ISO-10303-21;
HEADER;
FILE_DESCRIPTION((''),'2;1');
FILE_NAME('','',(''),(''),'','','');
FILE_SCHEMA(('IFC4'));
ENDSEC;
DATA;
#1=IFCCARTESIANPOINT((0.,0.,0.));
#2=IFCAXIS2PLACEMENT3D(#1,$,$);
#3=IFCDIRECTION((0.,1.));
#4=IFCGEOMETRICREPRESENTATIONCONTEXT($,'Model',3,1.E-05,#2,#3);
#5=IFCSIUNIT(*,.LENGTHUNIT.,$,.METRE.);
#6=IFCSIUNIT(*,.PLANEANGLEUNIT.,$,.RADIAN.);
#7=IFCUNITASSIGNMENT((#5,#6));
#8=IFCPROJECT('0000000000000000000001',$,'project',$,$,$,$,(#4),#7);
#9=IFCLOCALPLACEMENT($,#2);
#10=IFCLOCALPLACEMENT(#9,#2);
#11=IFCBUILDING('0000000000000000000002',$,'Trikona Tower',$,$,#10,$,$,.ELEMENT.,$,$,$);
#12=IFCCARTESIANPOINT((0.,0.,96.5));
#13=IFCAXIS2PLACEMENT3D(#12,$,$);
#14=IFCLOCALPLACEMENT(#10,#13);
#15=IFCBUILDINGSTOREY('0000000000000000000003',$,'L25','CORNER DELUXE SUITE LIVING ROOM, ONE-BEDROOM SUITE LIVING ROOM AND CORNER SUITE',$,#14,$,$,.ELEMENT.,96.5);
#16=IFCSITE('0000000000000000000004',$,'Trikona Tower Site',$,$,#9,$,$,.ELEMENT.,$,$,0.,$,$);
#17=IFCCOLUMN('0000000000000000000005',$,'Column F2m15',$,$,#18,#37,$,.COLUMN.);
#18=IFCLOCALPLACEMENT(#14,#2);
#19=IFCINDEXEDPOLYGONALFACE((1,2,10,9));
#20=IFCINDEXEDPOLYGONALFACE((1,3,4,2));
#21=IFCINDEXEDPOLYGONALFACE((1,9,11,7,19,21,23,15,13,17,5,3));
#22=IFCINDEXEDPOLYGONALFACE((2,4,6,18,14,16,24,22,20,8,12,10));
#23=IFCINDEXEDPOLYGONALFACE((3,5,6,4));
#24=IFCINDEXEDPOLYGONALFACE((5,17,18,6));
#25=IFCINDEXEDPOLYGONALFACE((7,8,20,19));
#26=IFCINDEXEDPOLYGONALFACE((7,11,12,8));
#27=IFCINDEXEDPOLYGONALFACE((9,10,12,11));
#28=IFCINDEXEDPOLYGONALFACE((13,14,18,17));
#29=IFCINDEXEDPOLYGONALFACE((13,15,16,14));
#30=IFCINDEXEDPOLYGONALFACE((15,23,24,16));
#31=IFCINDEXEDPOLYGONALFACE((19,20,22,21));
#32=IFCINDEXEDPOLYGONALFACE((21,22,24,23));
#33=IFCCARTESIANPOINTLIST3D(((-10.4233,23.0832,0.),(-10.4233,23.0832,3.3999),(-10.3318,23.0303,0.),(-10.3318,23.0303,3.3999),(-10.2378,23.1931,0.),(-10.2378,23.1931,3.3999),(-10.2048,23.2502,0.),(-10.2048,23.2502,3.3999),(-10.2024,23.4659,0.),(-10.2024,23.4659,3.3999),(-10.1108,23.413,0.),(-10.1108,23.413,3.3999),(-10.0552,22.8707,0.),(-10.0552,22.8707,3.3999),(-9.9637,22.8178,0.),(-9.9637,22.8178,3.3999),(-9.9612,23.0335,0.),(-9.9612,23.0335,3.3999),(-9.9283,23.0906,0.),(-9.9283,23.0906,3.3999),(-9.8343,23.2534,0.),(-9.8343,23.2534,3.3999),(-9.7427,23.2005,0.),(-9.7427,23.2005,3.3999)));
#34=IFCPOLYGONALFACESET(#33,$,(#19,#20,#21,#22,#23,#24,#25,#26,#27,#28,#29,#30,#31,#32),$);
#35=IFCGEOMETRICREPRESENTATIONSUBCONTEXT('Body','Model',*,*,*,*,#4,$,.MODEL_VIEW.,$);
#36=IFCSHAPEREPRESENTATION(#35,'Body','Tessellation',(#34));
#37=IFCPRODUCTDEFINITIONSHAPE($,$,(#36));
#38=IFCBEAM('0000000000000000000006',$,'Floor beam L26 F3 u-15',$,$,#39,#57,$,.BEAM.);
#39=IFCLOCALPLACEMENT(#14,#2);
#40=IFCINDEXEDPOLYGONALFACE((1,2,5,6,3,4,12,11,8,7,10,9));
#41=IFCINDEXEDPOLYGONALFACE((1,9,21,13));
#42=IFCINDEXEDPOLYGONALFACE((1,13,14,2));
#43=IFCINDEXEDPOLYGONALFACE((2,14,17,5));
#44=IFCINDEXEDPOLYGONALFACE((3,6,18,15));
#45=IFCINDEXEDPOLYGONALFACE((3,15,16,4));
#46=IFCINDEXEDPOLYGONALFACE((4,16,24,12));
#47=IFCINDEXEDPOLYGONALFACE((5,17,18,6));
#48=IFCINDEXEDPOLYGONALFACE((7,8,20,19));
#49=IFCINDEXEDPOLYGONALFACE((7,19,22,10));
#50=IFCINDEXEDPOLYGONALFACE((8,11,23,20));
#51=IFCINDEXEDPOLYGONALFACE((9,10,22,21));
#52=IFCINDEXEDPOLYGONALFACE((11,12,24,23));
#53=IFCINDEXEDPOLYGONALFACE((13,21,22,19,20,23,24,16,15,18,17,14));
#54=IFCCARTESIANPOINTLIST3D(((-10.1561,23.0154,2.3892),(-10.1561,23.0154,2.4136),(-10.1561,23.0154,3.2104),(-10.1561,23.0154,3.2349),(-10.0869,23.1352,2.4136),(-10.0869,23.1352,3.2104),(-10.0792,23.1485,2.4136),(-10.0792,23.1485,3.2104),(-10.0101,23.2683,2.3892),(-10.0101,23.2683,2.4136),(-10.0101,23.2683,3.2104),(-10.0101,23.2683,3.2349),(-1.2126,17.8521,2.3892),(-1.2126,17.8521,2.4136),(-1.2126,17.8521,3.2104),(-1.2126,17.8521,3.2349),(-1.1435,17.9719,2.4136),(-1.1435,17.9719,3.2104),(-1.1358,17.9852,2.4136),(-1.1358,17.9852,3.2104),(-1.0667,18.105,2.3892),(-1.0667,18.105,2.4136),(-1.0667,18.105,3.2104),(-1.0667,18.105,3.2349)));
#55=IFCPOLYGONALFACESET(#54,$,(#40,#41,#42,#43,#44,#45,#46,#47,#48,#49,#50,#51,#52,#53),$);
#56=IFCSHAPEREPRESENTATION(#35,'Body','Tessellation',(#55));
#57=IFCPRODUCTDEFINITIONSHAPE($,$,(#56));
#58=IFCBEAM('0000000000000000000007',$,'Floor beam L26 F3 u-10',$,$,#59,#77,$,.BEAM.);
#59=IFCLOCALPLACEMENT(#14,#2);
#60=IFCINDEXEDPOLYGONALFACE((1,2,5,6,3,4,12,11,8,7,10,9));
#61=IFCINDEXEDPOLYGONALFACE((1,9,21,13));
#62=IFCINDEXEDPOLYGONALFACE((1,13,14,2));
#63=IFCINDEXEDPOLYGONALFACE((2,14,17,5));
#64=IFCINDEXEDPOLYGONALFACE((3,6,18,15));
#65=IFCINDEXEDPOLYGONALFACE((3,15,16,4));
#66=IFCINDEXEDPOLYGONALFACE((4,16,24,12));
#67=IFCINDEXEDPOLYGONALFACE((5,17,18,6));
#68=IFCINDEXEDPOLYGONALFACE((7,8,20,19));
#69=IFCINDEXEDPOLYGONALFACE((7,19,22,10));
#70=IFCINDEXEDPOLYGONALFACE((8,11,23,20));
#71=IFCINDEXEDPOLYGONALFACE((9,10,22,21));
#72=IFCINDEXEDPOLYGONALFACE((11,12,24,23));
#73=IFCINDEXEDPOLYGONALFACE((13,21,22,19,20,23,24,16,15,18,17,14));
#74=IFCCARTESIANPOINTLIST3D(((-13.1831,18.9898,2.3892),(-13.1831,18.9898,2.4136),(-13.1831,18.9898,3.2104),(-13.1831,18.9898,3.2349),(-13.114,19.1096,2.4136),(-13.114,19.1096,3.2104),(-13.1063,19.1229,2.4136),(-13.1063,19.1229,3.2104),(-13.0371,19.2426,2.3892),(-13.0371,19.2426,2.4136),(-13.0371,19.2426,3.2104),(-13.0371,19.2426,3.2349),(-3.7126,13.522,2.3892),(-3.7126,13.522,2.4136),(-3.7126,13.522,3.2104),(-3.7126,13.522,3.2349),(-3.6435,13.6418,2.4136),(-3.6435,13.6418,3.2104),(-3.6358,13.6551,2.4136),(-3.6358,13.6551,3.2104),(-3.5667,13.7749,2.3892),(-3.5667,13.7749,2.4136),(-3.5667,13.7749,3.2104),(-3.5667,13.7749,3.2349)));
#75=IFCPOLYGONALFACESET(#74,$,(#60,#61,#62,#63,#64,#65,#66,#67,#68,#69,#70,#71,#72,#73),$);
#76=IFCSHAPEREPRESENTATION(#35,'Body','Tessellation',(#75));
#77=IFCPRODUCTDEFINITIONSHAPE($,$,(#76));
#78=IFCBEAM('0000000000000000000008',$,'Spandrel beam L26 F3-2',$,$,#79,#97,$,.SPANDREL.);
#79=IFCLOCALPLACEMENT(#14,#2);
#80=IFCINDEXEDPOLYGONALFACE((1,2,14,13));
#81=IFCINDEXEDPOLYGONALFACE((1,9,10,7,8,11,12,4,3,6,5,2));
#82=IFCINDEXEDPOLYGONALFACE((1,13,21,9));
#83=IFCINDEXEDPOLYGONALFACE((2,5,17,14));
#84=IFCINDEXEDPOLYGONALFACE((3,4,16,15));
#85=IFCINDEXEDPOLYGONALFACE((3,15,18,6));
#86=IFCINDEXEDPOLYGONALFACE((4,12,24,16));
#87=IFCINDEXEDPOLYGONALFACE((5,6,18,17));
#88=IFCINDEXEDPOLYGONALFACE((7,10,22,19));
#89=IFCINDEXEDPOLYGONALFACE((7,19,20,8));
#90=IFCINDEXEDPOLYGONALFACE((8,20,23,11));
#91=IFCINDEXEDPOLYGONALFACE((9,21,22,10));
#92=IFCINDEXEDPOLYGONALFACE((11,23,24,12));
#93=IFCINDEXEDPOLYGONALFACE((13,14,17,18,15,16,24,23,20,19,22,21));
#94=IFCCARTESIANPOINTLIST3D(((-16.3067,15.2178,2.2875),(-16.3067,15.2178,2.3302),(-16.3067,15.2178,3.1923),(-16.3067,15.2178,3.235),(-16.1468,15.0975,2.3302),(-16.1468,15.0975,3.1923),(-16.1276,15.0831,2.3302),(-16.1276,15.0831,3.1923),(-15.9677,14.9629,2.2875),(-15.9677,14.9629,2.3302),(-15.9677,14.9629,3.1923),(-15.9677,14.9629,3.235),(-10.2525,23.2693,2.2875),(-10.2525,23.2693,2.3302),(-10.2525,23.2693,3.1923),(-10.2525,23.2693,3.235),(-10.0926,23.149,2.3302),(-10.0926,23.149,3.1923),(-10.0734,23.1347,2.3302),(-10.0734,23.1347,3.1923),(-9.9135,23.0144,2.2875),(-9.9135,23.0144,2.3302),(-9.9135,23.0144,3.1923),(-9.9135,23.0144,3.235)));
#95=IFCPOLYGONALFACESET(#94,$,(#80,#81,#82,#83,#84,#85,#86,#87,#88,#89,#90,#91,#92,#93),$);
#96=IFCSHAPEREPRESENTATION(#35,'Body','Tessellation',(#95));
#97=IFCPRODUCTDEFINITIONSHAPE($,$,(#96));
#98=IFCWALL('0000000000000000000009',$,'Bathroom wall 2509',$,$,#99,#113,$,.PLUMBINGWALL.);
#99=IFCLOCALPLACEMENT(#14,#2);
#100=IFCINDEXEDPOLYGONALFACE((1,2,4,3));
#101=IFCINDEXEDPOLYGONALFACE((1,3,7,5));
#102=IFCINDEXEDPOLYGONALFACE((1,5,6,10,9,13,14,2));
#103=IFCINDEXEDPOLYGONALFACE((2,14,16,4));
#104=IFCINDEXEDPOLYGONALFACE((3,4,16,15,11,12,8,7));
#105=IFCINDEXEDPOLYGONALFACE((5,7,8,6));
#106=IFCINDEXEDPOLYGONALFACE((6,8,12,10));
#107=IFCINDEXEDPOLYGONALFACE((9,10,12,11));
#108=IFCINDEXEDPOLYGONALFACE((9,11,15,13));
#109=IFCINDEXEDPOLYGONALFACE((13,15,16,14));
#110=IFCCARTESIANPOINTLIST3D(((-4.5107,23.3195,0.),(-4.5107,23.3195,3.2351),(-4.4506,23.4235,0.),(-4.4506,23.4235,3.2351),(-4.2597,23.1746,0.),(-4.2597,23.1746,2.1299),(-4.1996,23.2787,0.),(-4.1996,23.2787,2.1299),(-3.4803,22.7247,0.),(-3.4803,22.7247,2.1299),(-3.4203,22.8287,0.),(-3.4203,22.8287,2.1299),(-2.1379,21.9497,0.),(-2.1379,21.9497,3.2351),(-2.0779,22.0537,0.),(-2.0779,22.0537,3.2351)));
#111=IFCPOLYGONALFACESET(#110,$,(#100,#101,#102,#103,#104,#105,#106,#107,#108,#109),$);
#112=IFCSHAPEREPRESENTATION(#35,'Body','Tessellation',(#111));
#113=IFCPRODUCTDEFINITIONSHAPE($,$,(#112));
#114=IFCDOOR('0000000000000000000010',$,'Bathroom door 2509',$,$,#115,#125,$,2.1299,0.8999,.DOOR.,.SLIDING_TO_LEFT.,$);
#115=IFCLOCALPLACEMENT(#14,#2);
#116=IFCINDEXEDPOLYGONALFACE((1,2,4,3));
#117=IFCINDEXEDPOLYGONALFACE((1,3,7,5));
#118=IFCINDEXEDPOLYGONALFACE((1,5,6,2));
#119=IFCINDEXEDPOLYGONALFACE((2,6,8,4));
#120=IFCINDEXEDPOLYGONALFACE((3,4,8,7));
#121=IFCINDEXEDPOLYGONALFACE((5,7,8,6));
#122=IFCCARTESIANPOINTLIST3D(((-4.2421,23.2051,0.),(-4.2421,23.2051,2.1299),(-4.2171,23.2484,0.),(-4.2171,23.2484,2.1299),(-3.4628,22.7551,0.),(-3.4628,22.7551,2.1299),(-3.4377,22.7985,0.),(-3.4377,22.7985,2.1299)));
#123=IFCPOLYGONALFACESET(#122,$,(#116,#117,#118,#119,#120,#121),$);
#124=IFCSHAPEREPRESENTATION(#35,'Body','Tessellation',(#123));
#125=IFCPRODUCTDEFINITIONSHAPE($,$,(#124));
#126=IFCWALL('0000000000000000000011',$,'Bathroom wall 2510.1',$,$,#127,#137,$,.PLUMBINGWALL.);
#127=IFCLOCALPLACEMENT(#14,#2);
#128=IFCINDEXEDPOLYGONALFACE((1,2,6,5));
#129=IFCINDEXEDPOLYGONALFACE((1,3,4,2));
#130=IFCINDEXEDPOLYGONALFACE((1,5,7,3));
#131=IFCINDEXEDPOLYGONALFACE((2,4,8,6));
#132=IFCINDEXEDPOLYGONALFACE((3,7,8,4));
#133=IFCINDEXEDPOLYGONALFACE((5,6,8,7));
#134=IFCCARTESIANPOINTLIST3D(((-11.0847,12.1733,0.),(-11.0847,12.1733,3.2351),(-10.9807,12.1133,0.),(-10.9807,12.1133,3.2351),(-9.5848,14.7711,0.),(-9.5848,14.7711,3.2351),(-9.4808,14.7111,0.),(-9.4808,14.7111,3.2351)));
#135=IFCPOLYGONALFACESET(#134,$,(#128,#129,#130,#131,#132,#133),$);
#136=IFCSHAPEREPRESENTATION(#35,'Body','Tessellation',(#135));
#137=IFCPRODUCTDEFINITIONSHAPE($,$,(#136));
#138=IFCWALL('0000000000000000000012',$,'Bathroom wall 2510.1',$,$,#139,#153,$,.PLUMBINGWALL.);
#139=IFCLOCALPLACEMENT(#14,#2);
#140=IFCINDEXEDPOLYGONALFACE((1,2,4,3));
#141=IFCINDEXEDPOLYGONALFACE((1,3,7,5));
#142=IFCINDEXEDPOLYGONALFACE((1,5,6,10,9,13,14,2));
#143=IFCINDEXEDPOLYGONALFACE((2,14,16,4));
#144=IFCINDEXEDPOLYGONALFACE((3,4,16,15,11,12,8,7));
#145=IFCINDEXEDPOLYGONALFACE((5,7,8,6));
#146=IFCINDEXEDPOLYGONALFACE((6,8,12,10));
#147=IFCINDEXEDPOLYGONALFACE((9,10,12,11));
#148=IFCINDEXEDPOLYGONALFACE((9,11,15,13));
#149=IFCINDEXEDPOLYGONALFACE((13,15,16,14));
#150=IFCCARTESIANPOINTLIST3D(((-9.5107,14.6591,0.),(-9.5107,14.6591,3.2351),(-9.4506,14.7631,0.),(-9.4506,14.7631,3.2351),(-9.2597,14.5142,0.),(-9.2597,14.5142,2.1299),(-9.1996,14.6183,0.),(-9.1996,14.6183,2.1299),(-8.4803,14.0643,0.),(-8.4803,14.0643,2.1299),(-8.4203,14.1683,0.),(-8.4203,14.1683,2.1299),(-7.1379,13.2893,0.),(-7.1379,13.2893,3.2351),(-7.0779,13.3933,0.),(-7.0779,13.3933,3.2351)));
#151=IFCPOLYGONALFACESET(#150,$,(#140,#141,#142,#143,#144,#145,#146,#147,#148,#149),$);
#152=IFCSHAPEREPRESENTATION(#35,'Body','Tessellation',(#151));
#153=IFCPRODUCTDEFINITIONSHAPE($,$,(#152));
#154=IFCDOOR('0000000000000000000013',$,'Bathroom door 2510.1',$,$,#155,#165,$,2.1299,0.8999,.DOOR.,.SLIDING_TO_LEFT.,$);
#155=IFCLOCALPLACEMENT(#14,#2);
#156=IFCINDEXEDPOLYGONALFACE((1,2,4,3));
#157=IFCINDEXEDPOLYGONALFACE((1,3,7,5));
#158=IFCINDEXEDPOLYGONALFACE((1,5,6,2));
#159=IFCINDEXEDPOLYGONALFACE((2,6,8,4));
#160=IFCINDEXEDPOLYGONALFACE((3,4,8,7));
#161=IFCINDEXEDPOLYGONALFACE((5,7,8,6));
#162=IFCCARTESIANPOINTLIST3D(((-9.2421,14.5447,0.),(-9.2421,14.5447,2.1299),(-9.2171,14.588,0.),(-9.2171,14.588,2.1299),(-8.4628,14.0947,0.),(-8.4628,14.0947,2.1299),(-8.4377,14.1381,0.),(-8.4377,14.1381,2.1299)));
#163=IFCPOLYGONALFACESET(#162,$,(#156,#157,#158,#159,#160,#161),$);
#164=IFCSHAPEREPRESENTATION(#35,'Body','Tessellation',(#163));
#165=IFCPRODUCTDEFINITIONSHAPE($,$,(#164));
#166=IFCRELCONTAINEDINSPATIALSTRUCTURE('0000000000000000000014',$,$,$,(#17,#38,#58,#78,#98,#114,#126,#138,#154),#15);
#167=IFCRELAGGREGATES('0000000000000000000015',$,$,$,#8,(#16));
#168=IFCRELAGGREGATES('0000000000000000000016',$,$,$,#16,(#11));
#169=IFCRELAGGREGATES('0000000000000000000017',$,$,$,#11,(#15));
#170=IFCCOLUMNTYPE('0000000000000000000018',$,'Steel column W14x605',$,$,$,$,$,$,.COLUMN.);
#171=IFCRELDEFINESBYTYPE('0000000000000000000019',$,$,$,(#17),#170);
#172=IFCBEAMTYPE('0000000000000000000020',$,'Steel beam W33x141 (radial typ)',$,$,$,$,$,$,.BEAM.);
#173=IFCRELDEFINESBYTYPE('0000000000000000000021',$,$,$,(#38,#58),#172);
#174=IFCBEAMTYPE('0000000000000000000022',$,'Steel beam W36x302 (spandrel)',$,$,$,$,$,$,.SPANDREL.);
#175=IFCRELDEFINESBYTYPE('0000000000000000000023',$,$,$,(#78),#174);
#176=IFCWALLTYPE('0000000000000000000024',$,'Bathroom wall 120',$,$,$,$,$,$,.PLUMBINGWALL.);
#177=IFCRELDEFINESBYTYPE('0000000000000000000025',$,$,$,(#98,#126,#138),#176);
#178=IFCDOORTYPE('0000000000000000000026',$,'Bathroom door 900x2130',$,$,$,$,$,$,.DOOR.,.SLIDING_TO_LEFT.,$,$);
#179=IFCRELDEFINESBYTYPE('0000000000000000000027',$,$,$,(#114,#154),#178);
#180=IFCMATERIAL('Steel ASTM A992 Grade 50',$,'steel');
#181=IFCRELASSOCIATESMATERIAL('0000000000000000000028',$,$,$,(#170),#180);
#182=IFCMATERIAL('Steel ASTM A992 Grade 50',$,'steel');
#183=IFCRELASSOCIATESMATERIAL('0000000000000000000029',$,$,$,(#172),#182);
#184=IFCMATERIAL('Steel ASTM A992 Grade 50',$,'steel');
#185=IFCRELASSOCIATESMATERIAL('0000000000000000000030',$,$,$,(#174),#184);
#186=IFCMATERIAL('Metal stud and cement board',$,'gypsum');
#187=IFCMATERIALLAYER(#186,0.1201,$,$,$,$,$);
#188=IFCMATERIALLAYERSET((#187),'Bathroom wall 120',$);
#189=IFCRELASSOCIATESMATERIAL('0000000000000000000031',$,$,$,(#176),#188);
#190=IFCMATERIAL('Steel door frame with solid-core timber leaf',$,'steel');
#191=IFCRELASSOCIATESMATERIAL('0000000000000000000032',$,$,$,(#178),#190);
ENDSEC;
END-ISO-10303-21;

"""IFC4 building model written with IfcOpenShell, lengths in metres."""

from ifc_helpers import new_model, si_unit, direction, frame, frame_2d, origin, origin_2d, place, context, subcontext, project, spatial, rectangle, i_section, extrude, material, layer, layer_set, material_profile, profile_set, type_object, element, fill, save


model = new_model("IFC4")

# Units and contexts
model_context = context("Model", 3, precision=1e-05, world=origin(), true_north=direction((0.0, 1.0)))
body_context = subcontext(model_context, "Body", "Model", "MODEL_VIEW")
ifc_project = project(units=[si_unit("LENGTHUNIT", "METRE"), si_unit("PLANEANGLEUNIT", "RADIAN")], contexts=[model_context])

# Site, building, storey
site_placement = place(None, origin())
site = spatial("IfcSite", under=ifc_project, at=site_placement, Name="Trikona Tower Site", CompositionType="ELEMENT", RefElevation=0.0)
building_placement = place(site_placement, origin())
building = spatial("IfcBuilding", under=site, at=building_placement, Name="Trikona Tower", CompositionType="ELEMENT")
storey_placement = place(building_placement, frame((0.0, 0.0, 96.5)))
storey = spatial("IfcBuildingStorey", under=building, at=storey_placement, Name="L25", Description="CORNER DELUXE SUITE LIVING ROOM, ONE-BEDROOM SUITE LIVING ROOM AND CORNER SUITE", CompositionType="ELEMENT", Elevation=96.5)

# Column
ifc_material_1 = material(Name="Steel ASTM A992 Grade 50", Category="steel")
ifc_material_profile_1 = material_profile(ifc_material_1, i_section(OverallWidth=0.4419, OverallDepth=0.5308, WebThickness=0.0659, FlangeThickness=0.1057, at=origin_2d()), Name="W14X605")
ifc_profile_set_1 = profile_set([ifc_material_profile_1], Name="Steel ASTM A992 Grade 50")
column_type = type_object("IfcColumnType", Name="Steel column W14x605", PredefinedType="COLUMN", material=ifc_profile_set_1)
column_placement = place(storey_placement, frame((-10.083, 23.1418, 0.0), z_axis=(0.0, 0.0, 1.0), x_axis=(-0.5, -0.866025, 0.0)))
element("IfcColumn", 1, at=column_placement, inside=storey, type_object=column_type, Name="Column F2m15", PredefinedType="COLUMN", context=body_context, shape_type="SweptSolid", body=[
    extrude(i_section(OverallWidth=0.4419, OverallDepth=0.5308, WebThickness=0.0659, FlangeThickness=0.1057, at=origin_2d()), origin(), (0.0, 0.0, 1.0), 3.3999),
])

# Beams
ifc_material_2 = material(Name="Steel ASTM A992 Grade 50", Category="steel")
ifc_material_profile_2 = material_profile(ifc_material_2, i_section(OverallWidth=0.292, OverallDepth=0.8457, WebThickness=0.0154, FlangeThickness=0.0244, at=origin_2d()), Name="W33X141")
ifc_profile_set_2 = profile_set([ifc_material_profile_2], Name="Steel ASTM A992 Grade 50")
beam_type_1 = type_object("IfcBeamType", Name="Steel beam W33x141 (radial typ)", PredefinedType="BEAM", material=ifc_profile_set_2)
beam_1_placement = place(storey_placement, frame((-1.1396, 17.9785, 2.812), z_axis=(-0.86603, 0.499991, 0.0), x_axis=(-0.499991, -0.86603, 0.0)))
element("IfcBeam", 2, at=beam_1_placement, inside=storey, type_object=beam_type_1, Name="Floor beam L26 F3 u-15", PredefinedType="BEAM", context=body_context, shape_type="SweptSolid", body=[
    extrude(i_section(OverallWidth=0.292, OverallDepth=0.8457, WebThickness=0.0154, FlangeThickness=0.0244, at=origin_2d()), origin(), (0.0, 0.0, 1.0), 10.3269),
])
beam_2_placement = place(storey_placement, frame((-3.6396, 13.6484, 2.812), z_axis=(-0.866025, 0.5, 0.0), x_axis=(-0.5, -0.866025, 0.0)))
element("IfcBeam", 3, at=beam_2_placement, inside=storey, type_object=beam_type_1, Name="Floor beam L26 F3 u-10", PredefinedType="BEAM", context=body_context, shape_type="SweptSolid", body=[
    extrude(i_section(OverallWidth=0.292, OverallDepth=0.8457, WebThickness=0.0154, FlangeThickness=0.0244, at=origin_2d()), origin(), (0.0, 0.0, 1.0), 10.9355),
])
ifc_material_3 = material(Name="Steel ASTM A992 Grade 50", Category="steel")
ifc_material_profile_3 = material_profile(ifc_material_3, i_section(OverallWidth=0.4241, OverallDepth=0.9475, WebThickness=0.0239, FlangeThickness=0.0427, at=origin_2d()), Name="W36X302")
ifc_profile_set_3 = profile_set([ifc_material_profile_3], Name="Steel ASTM A992 Grade 50")
beam_type_2 = type_object("IfcBeamType", Name="Steel beam W36x302 (spandrel)", PredefinedType="SPANDREL", material=ifc_profile_set_3)
beam_3_placement = place(storey_placement, frame((-10.083, 23.1418, 2.7612), z_axis=(-0.600988, -0.799258, 0.0), x_axis=(0.799258, -0.600988, 0.0)))
element("IfcBeam", 4, at=beam_3_placement, inside=storey, type_object=beam_type_2, Name="Spandrel beam L26 F3-2", PredefinedType="SPANDREL", context=body_context, shape_type="SweptSolid", body=[
    extrude(i_section(OverallWidth=0.4241, OverallDepth=0.9475, WebThickness=0.0239, FlangeThickness=0.0427, at=origin_2d()), origin(), (0.0, 0.0, 1.0), 10.0737),
])

# Wall, opening, door
ifc_material_4 = material(Name="Metal stud and cement board", Category="gypsum")
ifc_layer_1 = layer(ifc_material_4, 0.1201)
ifc_layer_set_1 = layer_set([ifc_layer_1], Name="Bathroom wall 120")
wall_type_1 = type_object("IfcWallType", Name="Bathroom wall 120", PredefinedType="PLUMBINGWALL", material=ifc_layer_set_1)
wall_1_placement = place(storey_placement, frame((-2.1079, 22.0017, 0.0), z_axis=(0.0, 0.0, 1.0), x_axis=(-0.866036, 0.499982, 0.0)))
wall_1 = element("IfcWall", 5, at=wall_1_placement, inside=storey, type_object=wall_type_1, Name="Bathroom wall 2509", PredefinedType="PLUMBINGWALL", context=body_context, shape_type="SweptSolid", body=[
    extrude(rectangle(XDim=2.7397, YDim=0.1201, at=frame_2d((1.3699, 0.0))), origin(), (0.0, 0.0, 1.0), 3.2351),
])
opening_1_placement = place(wall_1_placement, frame((1.55, 0.0, 0.0)))
opening_1 = element("IfcOpeningElement", 6, at=opening_1_placement, cuts=wall_1, PredefinedType="OPENING", context=body_context, shape_type="SweptSolid", body=[
    extrude(rectangle(XDim=0.8999, YDim=2.1299, at=frame_2d((0.45, 1.0649))), frame((0.0, 0.0701, 0.0), z_axis=(0.0, -1.0, 0.0), x_axis=(1.0, 0.0, 0.0)), (0.0, 0.0, 1.0), 0.1401),
])
ifc_material_5 = material(Name="Steel door frame with solid-core timber leaf", Category="steel")
door_type_1 = type_object("IfcDoorType", Name="Bathroom door 900x2130", OperationType="SLIDING_TO_LEFT", PredefinedType="DOOR", material=ifc_material_5)
door_1_placement = place(opening_1_placement, origin())
door_1 = element("IfcDoor", 7, at=door_1_placement, inside=storey, type_object=door_type_1, Name="Bathroom door 2509", OperationType="SLIDING_TO_LEFT", OverallHeight=2.1299, OverallWidth=0.8999, PredefinedType="DOOR", context=body_context, shape_type="SweptSolid", body=[
    extrude(rectangle(XDim=0.8999, YDim=2.1299, at=frame_2d((0.45, 1.0649))), frame((0.0, 0.0249, 0.0), z_axis=(0.0, -1.0, 0.0), x_axis=(1.0, 0.0, 0.0)), (0.0, 0.0, 1.0), 0.05),
])
fill(opening_1, door_1)

# Wall
wall_2_placement = place(storey_placement, frame((-9.5327, 14.7412, 0.0), z_axis=(0.0, 0.0, 1.0), x_axis=(-0.500025, -0.866011, 0.0)))
element("IfcWall", 8, at=wall_2_placement, inside=storey, type_object=wall_type_1, Name="Bathroom wall 2510.1", PredefinedType="PLUMBINGWALL", context=body_context, shape_type="SweptSolid", body=[
    extrude(rectangle(XDim=2.9998, YDim=0.1201, at=frame_2d((1.5, 0.0))), origin(), (0.0, 0.0, 1.0), 3.2351),
])

# Wall, opening, door
wall_3_placement = place(storey_placement, frame((-7.1079, 13.3413, 0.0), z_axis=(0.0, 0.0, 1.0), x_axis=(-0.866036, 0.499982, 0.0)))
wall_3 = element("IfcWall", 9, at=wall_3_placement, inside=storey, type_object=wall_type_1, Name="Bathroom wall 2510.1", PredefinedType="PLUMBINGWALL", context=body_context, shape_type="SweptSolid", body=[
    extrude(rectangle(XDim=2.7397, YDim=0.1201, at=frame_2d((1.3699, 0.0))), origin(), (0.0, 0.0, 1.0), 3.2351),
])
opening_2_placement = place(wall_3_placement, frame((1.55, 0.0, 0.0)))
opening_2 = element("IfcOpeningElement", 10, at=opening_2_placement, cuts=wall_3, PredefinedType="OPENING", context=body_context, shape_type="SweptSolid", body=[
    extrude(rectangle(XDim=0.8999, YDim=2.1299, at=frame_2d((0.45, 1.0649))), frame((0.0, 0.0701, 0.0), z_axis=(0.0, -1.0, 0.0), x_axis=(1.0, 0.0, 0.0)), (0.0, 0.0, 1.0), 0.1401),
])
door_2_placement = place(opening_2_placement, origin())
door_2 = element("IfcDoor", 11, at=door_2_placement, inside=storey, type_object=door_type_1, Name="Bathroom door 2510.1", OperationType="SLIDING_TO_LEFT", OverallHeight=2.1299, OverallWidth=0.8999, PredefinedType="DOOR", context=body_context, shape_type="SweptSolid", body=[
    extrude(rectangle(XDim=0.8999, YDim=2.1299, at=frame_2d((0.45, 1.0649))), frame((0.0, 0.0249, 0.0), z_axis=(0.0, -1.0, 0.0), x_axis=(1.0, 0.0, 0.0)), (0.0, 0.0, 1.0), 0.05),
])
fill(opening_2, door_2)

save(model, "model.ifc")
